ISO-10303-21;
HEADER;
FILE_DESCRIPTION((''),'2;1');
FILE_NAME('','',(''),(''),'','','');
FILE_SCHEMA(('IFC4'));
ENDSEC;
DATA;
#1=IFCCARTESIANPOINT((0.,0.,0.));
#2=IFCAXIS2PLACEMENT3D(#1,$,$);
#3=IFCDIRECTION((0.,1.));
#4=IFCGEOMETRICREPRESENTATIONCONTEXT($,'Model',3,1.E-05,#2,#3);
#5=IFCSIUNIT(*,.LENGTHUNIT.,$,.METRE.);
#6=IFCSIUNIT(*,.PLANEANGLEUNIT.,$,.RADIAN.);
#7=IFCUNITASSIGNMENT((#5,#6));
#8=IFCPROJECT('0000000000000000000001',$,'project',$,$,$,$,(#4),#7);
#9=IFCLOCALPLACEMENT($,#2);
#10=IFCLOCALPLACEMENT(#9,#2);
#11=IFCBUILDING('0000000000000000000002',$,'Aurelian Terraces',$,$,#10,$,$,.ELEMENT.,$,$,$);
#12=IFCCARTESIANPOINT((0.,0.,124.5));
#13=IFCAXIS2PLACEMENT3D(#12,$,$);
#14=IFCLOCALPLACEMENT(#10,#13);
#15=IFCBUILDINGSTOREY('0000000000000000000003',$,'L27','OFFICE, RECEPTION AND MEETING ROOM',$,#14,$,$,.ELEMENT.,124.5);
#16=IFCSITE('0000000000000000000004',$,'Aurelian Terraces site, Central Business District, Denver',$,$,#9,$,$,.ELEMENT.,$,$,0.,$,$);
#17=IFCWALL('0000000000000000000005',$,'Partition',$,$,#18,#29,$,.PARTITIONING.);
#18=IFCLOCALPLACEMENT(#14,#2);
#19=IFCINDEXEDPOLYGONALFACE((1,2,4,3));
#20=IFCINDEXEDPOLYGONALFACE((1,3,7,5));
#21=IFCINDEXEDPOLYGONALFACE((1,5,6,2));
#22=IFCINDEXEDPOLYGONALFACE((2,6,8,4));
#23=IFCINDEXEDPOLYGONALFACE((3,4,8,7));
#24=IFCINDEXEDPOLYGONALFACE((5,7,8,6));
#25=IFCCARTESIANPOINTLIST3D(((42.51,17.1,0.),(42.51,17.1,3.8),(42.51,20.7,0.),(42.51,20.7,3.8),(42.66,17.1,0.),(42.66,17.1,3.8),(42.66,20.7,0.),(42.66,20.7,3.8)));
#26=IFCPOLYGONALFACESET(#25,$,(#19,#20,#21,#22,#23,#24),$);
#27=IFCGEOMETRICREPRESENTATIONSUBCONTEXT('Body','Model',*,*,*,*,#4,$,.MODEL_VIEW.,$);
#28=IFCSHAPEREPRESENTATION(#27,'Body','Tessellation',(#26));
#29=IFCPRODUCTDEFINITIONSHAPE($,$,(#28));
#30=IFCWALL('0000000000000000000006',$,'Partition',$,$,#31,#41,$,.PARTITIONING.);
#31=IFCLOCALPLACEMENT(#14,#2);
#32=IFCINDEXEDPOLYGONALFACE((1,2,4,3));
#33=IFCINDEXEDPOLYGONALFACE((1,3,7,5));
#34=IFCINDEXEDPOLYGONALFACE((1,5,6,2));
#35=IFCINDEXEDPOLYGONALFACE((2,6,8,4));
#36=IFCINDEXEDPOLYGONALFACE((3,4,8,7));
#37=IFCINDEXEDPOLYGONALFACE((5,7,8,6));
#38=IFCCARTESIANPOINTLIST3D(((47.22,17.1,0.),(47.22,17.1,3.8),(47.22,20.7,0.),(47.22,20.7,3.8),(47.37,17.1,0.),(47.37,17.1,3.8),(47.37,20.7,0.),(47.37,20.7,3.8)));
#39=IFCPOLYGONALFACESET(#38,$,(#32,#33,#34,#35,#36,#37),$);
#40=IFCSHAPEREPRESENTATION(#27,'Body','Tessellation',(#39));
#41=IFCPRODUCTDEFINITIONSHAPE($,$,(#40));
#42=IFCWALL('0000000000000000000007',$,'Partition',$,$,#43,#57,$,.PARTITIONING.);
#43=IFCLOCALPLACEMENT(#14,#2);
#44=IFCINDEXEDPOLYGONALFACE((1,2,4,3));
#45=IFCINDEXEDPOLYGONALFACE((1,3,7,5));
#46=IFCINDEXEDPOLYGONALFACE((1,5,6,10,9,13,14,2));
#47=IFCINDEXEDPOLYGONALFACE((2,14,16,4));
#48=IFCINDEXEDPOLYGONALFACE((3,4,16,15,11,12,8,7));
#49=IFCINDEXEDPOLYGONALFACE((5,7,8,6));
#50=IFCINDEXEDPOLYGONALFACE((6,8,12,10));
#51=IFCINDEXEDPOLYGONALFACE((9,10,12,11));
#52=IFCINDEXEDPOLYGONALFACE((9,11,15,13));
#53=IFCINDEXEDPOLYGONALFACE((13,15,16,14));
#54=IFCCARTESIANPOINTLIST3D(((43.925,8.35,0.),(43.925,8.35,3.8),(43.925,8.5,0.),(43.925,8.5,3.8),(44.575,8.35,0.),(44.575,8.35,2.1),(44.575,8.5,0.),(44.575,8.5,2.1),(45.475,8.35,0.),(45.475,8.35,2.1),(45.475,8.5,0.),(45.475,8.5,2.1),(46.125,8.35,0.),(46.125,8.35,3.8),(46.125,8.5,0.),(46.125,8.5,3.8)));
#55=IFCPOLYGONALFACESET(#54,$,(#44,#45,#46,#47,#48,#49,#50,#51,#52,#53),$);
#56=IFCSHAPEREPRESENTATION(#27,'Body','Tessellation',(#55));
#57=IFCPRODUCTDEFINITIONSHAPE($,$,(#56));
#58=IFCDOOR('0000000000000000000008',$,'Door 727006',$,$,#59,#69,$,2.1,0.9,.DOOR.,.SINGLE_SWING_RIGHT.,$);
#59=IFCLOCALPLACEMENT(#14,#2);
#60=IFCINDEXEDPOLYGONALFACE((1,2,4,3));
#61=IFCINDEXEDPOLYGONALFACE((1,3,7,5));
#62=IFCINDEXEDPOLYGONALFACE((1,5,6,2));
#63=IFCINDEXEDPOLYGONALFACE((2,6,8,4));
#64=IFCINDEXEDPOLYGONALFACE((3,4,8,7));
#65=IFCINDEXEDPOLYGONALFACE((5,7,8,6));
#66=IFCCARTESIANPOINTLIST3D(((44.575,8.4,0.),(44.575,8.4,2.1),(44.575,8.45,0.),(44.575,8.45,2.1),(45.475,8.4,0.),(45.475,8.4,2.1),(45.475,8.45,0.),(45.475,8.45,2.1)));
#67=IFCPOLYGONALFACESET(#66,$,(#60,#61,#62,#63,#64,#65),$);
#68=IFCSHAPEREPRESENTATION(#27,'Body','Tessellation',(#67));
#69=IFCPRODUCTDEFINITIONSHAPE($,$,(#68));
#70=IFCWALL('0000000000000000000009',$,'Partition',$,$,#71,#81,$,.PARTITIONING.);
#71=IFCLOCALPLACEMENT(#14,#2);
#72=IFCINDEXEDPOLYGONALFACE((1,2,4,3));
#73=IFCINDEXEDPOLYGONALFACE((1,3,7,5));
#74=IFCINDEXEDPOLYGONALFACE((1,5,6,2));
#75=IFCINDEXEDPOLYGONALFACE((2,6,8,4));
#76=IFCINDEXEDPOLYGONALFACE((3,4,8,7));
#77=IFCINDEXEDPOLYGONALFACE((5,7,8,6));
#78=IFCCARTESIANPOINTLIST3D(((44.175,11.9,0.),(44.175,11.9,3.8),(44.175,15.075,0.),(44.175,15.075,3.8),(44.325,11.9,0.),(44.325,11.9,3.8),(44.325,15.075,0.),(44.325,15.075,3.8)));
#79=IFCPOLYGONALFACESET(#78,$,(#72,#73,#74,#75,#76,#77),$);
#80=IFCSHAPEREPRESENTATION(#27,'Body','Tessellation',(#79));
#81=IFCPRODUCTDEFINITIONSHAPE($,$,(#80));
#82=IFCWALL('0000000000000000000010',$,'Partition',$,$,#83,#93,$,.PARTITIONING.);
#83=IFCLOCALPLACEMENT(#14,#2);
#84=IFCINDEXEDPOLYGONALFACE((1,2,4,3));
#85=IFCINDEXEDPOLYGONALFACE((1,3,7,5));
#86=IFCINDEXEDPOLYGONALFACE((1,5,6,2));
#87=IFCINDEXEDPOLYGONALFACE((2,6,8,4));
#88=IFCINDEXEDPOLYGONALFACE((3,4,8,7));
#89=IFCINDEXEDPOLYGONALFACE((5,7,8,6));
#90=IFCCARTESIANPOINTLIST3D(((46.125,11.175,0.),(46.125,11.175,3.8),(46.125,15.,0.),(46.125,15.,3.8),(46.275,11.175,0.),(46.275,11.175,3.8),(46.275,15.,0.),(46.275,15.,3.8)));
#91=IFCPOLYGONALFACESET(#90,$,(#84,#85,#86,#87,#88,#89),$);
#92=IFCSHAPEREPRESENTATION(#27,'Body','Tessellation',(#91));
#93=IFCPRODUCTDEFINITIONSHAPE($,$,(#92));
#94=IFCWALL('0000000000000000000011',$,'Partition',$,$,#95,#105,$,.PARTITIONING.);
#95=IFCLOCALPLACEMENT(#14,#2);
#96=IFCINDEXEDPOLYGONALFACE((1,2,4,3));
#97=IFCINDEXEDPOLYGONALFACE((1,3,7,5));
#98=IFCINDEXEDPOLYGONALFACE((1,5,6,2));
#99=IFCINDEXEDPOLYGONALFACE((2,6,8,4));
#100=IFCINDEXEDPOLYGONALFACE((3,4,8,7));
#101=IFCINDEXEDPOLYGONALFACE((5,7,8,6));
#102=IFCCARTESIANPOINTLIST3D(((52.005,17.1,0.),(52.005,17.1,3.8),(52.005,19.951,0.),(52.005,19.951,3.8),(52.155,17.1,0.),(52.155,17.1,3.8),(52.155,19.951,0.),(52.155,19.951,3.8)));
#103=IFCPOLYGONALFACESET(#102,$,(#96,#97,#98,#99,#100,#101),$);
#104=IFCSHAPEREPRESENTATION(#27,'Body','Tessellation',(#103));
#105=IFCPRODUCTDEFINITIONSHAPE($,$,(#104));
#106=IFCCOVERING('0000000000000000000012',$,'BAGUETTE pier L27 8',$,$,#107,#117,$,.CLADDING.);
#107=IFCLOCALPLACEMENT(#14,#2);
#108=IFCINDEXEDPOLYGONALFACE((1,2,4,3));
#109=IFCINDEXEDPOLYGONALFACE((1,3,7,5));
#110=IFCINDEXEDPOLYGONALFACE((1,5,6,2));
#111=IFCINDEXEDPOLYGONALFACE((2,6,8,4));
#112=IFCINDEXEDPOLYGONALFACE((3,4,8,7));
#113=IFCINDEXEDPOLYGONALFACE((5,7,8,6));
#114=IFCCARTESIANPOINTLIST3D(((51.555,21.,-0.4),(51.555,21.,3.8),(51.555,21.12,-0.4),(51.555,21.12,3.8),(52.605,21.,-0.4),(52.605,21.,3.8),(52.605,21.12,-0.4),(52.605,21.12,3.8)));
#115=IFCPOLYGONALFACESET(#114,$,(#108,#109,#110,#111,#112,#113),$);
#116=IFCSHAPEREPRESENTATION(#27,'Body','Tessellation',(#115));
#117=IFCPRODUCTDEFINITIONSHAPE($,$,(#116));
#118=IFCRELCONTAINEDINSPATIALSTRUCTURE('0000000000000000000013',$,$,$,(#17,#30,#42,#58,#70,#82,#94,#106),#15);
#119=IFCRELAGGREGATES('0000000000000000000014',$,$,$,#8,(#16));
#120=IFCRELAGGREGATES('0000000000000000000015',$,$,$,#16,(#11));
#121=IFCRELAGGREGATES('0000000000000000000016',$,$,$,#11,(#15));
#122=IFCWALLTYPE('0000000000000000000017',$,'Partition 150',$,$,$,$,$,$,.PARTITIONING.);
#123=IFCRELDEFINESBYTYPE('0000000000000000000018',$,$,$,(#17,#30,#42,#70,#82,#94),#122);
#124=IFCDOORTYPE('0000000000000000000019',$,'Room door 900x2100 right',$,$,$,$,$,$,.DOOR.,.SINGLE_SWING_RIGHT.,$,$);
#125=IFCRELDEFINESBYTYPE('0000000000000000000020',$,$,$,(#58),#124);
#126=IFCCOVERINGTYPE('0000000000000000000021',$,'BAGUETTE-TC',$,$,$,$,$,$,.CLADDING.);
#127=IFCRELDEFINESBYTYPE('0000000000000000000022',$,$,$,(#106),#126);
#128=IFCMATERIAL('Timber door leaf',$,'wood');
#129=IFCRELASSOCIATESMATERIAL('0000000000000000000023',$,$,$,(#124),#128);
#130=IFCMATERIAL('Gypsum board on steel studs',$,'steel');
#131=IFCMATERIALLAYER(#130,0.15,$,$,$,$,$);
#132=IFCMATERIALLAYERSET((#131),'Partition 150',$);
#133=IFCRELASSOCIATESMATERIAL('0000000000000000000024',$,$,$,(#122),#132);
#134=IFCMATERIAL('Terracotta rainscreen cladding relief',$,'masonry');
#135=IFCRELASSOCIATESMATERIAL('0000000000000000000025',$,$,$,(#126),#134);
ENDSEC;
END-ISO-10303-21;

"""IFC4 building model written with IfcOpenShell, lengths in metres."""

from ifc_helpers import new_model, si_unit, direction, frame, frame_2d, origin, origin_2d, place, context, subcontext, project, spatial, rectangle, extrude, source, transform, mapped, material, layer, layer_set, type_object, element, fill, save


model = new_model("IFC4")

# Units and contexts
model_context = context("Model", 3, precision=1e-05, world=origin(), true_north=direction((0.0, 1.0)))
body_context = subcontext(model_context, "Body", "Model", "MODEL_VIEW")
ifc_project = project(units=[si_unit("LENGTHUNIT", "METRE"), si_unit("PLANEANGLEUNIT", "RADIAN")], contexts=[model_context])

# Site, building, storey
site_placement = place(None, origin())
site = spatial("IfcSite", under=ifc_project, at=site_placement, Name="Aurelian Terraces site, Central Business District, Denver", CompositionType="ELEMENT", RefElevation=0.0)
building_placement = place(site_placement, origin())
building = spatial("IfcBuilding", under=site, at=building_placement, Name="Aurelian Terraces", CompositionType="ELEMENT")
storey_placement = place(building_placement, frame((0.0, 0.0, 124.5)))
storey = spatial("IfcBuildingStorey", under=building, at=storey_placement, Name="L27", Description="OFFICE, RECEPTION AND MEETING ROOM", CompositionType="ELEMENT", Elevation=124.5)

# Shared definitions
ifc_material_1 = material(Name="Timber door leaf", Category="wood")

# Shared definitions
ifc_material_2 = material(Name="Gypsum board on steel studs", Category="steel")
shared_shape_1 = source(origin(), body_context, "Body", "SweptSolid", [
    extrude(rectangle(XDim=0.9, YDim=2.1, at=frame_2d((0.45, 1.05))), frame((0.0, 0.085, 0.0), z_axis=(0.0, -1.0, 0.0), x_axis=(1.0, 0.0, 0.0)), (0.0, 0.0, 1.0), 0.17),
])
door_type_1 = type_object("IfcDoorType", Name="Room door 900x2100 right", OperationType="SINGLE_SWING_RIGHT", PredefinedType="DOOR", material=ifc_material_1)
shared_shape_2 = source(origin(), body_context, "Body", "SweptSolid", [
    extrude(rectangle(XDim=0.9, YDim=2.1, at=frame_2d((0.45, 1.05))), frame((0.0, 0.025, 0.0), z_axis=(0.0, -1.0, 0.0), x_axis=(1.0, 0.0, 0.0)), (0.0, 0.0, 1.0), 0.05),
])

# Walls
ifc_layer_1 = layer(ifc_material_2, 0.15)
ifc_layer_set_1 = layer_set([ifc_layer_1], Name="Partition 150")
wall_type_1 = type_object("IfcWallType", Name="Partition 150", PredefinedType="PARTITIONING", material=ifc_layer_set_1)
shared_shape_3 = source(origin(), body_context, "Body", "SweptSolid", [
    extrude(rectangle(XDim=3.6, YDim=0.15, at=frame_2d((1.8, 0.0))), origin(), (0.0, 0.0, 1.0), 3.8),
])
for number, where, z_axis, x_axis, name in (
    (1, (42.585, 20.7, 0.0), (0.0, 0.0, 1.0), (0.0, -1.0, 0.0), "Partition"),
    (2, (47.295, 20.7, 0.0), (0.0, 0.0, 1.0), (0.0, -1.0, 0.0), "Partition"),
):
    element("IfcWall", number, at=place(storey_placement, frame(where, z_axis=z_axis, x_axis=x_axis)), inside=storey, type_object=wall_type_1, Name=name, PredefinedType="PARTITIONING", context=body_context, shape_type="MappedRepresentation", body=[
        mapped(shared_shape_3, transform((0.0, 0.0, 0.0), scale=1.0)),
    ])

# Wall, opening, door
shared_shape_4 = source(origin(), body_context, "Body", "SweptSolid", [
    extrude(rectangle(XDim=2.2, YDim=0.15, at=frame_2d((1.1, 0.0))), origin(), (0.0, 0.0, 1.0), 3.8),
])
wall_1_placement = place(storey_placement, frame((46.125, 8.425, 0.0), z_axis=(0.0, 0.0, 1.0), x_axis=(-1.0, 0.0, 0.0)))
wall_1 = element("IfcWall", 3, at=wall_1_placement, inside=storey, type_object=wall_type_1, Name="Partition", PredefinedType="PARTITIONING", context=body_context, shape_type="MappedRepresentation", body=[
    mapped(shared_shape_4, transform((0.0, 0.0, 0.0), scale=1.0)),
])
opening_1_placement = place(wall_1_placement, frame((0.65, 0.0, 0.0)))
opening_1 = element("IfcOpeningElement", 4, at=opening_1_placement, cuts=wall_1, PredefinedType="OPENING", context=body_context, shape_type="MappedRepresentation", body=[
    mapped(shared_shape_1, transform((0.0, 0.0, 0.0), scale=1.0)),
])
door_1_placement = place(opening_1_placement, origin())
door_1 = element("IfcDoor", 5, at=door_1_placement, inside=storey, type_object=door_type_1, Name="Door 727006", OperationType="SINGLE_SWING_RIGHT", OverallHeight=2.1, OverallWidth=0.9, PredefinedType="DOOR", context=body_context, shape_type="MappedRepresentation", body=[
    mapped(shared_shape_2, transform((0.0, 0.0, 0.0), scale=1.0)),
])
fill(opening_1, door_1)

# Walls
shared_shape_5 = source(origin(), body_context, "Body", "SweptSolid", [
    extrude(rectangle(XDim=3.175, YDim=0.15, at=frame_2d((1.5875, 0.0))), origin(), (0.0, 0.0, 1.0), 3.8),
])
wall_2_placement = place(storey_placement, frame((44.25, 11.9, 0.0), z_axis=(0.0, 0.0, 1.0), x_axis=(0.0, 1.0, 0.0)))
element("IfcWall", 6, at=wall_2_placement, inside=storey, type_object=wall_type_1, Name="Partition", PredefinedType="PARTITIONING", context=body_context, shape_type="MappedRepresentation", body=[
    mapped(shared_shape_5, transform((0.0, 0.0, 0.0), scale=1.0)),
])
shared_shape_6 = source(origin(), body_context, "Body", "SweptSolid", [
    extrude(rectangle(XDim=3.825, YDim=0.15, at=frame_2d((1.9125, 0.0))), origin(), (0.0, 0.0, 1.0), 3.8),
])
wall_3_placement = place(storey_placement, frame((46.2, 11.175, 0.0), z_axis=(0.0, 0.0, 1.0), x_axis=(0.0, 1.0, 0.0)))
element("IfcWall", 7, at=wall_3_placement, inside=storey, type_object=wall_type_1, Name="Partition", PredefinedType="PARTITIONING", context=body_context, shape_type="MappedRepresentation", body=[
    mapped(shared_shape_6, transform((0.0, 0.0, 0.0), scale=1.0)),
])
shared_shape_7 = source(origin(), body_context, "Body", "SweptSolid", [
    extrude(rectangle(XDim=2.851, YDim=0.15, at=frame_2d((1.4255, 0.0))), origin(), (0.0, 0.0, 1.0), 3.8),
])
wall_4_placement = place(storey_placement, frame((52.08, 17.1, 0.0), z_axis=(0.0, 0.0, 1.0), x_axis=(0.0, 1.0, 0.0)))
element("IfcWall", 8, at=wall_4_placement, inside=storey, type_object=wall_type_1, Name="Partition", PredefinedType="PARTITIONING", context=body_context, shape_type="MappedRepresentation", body=[
    mapped(shared_shape_7, transform((0.0, 0.0, 0.0), scale=1.0)),
])

# Covering
ifc_material_3 = material(Name="Terracotta rainscreen cladding relief", Category="masonry")
covering_type = type_object("IfcCoveringType", Name="BAGUETTE-TC", PredefinedType="CLADDING", material=ifc_material_3)
shared_shape_8 = source(origin(), body_context, "Body", "SweptSolid", [
    extrude(rectangle(XDim=1.05, YDim=0.12, at=origin_2d()), origin(), (0.0, 0.0, 1.0), 4.2),
])
covering_placement = place(storey_placement, frame((52.08, 21.06, -0.4), z_axis=(0.0, 0.0, 1.0), x_axis=(1.0, 0.0, 0.0)))
element("IfcCovering", 9, at=covering_placement, inside=storey, type_object=covering_type, Name="BAGUETTE pier L27 8", PredefinedType="CLADDING", context=body_context, shape_type="MappedRepresentation", body=[
    mapped(shared_shape_8, transform((0.0, 0.0, 0.0), scale=1.0)),
])

save(model, "model.ifc")
